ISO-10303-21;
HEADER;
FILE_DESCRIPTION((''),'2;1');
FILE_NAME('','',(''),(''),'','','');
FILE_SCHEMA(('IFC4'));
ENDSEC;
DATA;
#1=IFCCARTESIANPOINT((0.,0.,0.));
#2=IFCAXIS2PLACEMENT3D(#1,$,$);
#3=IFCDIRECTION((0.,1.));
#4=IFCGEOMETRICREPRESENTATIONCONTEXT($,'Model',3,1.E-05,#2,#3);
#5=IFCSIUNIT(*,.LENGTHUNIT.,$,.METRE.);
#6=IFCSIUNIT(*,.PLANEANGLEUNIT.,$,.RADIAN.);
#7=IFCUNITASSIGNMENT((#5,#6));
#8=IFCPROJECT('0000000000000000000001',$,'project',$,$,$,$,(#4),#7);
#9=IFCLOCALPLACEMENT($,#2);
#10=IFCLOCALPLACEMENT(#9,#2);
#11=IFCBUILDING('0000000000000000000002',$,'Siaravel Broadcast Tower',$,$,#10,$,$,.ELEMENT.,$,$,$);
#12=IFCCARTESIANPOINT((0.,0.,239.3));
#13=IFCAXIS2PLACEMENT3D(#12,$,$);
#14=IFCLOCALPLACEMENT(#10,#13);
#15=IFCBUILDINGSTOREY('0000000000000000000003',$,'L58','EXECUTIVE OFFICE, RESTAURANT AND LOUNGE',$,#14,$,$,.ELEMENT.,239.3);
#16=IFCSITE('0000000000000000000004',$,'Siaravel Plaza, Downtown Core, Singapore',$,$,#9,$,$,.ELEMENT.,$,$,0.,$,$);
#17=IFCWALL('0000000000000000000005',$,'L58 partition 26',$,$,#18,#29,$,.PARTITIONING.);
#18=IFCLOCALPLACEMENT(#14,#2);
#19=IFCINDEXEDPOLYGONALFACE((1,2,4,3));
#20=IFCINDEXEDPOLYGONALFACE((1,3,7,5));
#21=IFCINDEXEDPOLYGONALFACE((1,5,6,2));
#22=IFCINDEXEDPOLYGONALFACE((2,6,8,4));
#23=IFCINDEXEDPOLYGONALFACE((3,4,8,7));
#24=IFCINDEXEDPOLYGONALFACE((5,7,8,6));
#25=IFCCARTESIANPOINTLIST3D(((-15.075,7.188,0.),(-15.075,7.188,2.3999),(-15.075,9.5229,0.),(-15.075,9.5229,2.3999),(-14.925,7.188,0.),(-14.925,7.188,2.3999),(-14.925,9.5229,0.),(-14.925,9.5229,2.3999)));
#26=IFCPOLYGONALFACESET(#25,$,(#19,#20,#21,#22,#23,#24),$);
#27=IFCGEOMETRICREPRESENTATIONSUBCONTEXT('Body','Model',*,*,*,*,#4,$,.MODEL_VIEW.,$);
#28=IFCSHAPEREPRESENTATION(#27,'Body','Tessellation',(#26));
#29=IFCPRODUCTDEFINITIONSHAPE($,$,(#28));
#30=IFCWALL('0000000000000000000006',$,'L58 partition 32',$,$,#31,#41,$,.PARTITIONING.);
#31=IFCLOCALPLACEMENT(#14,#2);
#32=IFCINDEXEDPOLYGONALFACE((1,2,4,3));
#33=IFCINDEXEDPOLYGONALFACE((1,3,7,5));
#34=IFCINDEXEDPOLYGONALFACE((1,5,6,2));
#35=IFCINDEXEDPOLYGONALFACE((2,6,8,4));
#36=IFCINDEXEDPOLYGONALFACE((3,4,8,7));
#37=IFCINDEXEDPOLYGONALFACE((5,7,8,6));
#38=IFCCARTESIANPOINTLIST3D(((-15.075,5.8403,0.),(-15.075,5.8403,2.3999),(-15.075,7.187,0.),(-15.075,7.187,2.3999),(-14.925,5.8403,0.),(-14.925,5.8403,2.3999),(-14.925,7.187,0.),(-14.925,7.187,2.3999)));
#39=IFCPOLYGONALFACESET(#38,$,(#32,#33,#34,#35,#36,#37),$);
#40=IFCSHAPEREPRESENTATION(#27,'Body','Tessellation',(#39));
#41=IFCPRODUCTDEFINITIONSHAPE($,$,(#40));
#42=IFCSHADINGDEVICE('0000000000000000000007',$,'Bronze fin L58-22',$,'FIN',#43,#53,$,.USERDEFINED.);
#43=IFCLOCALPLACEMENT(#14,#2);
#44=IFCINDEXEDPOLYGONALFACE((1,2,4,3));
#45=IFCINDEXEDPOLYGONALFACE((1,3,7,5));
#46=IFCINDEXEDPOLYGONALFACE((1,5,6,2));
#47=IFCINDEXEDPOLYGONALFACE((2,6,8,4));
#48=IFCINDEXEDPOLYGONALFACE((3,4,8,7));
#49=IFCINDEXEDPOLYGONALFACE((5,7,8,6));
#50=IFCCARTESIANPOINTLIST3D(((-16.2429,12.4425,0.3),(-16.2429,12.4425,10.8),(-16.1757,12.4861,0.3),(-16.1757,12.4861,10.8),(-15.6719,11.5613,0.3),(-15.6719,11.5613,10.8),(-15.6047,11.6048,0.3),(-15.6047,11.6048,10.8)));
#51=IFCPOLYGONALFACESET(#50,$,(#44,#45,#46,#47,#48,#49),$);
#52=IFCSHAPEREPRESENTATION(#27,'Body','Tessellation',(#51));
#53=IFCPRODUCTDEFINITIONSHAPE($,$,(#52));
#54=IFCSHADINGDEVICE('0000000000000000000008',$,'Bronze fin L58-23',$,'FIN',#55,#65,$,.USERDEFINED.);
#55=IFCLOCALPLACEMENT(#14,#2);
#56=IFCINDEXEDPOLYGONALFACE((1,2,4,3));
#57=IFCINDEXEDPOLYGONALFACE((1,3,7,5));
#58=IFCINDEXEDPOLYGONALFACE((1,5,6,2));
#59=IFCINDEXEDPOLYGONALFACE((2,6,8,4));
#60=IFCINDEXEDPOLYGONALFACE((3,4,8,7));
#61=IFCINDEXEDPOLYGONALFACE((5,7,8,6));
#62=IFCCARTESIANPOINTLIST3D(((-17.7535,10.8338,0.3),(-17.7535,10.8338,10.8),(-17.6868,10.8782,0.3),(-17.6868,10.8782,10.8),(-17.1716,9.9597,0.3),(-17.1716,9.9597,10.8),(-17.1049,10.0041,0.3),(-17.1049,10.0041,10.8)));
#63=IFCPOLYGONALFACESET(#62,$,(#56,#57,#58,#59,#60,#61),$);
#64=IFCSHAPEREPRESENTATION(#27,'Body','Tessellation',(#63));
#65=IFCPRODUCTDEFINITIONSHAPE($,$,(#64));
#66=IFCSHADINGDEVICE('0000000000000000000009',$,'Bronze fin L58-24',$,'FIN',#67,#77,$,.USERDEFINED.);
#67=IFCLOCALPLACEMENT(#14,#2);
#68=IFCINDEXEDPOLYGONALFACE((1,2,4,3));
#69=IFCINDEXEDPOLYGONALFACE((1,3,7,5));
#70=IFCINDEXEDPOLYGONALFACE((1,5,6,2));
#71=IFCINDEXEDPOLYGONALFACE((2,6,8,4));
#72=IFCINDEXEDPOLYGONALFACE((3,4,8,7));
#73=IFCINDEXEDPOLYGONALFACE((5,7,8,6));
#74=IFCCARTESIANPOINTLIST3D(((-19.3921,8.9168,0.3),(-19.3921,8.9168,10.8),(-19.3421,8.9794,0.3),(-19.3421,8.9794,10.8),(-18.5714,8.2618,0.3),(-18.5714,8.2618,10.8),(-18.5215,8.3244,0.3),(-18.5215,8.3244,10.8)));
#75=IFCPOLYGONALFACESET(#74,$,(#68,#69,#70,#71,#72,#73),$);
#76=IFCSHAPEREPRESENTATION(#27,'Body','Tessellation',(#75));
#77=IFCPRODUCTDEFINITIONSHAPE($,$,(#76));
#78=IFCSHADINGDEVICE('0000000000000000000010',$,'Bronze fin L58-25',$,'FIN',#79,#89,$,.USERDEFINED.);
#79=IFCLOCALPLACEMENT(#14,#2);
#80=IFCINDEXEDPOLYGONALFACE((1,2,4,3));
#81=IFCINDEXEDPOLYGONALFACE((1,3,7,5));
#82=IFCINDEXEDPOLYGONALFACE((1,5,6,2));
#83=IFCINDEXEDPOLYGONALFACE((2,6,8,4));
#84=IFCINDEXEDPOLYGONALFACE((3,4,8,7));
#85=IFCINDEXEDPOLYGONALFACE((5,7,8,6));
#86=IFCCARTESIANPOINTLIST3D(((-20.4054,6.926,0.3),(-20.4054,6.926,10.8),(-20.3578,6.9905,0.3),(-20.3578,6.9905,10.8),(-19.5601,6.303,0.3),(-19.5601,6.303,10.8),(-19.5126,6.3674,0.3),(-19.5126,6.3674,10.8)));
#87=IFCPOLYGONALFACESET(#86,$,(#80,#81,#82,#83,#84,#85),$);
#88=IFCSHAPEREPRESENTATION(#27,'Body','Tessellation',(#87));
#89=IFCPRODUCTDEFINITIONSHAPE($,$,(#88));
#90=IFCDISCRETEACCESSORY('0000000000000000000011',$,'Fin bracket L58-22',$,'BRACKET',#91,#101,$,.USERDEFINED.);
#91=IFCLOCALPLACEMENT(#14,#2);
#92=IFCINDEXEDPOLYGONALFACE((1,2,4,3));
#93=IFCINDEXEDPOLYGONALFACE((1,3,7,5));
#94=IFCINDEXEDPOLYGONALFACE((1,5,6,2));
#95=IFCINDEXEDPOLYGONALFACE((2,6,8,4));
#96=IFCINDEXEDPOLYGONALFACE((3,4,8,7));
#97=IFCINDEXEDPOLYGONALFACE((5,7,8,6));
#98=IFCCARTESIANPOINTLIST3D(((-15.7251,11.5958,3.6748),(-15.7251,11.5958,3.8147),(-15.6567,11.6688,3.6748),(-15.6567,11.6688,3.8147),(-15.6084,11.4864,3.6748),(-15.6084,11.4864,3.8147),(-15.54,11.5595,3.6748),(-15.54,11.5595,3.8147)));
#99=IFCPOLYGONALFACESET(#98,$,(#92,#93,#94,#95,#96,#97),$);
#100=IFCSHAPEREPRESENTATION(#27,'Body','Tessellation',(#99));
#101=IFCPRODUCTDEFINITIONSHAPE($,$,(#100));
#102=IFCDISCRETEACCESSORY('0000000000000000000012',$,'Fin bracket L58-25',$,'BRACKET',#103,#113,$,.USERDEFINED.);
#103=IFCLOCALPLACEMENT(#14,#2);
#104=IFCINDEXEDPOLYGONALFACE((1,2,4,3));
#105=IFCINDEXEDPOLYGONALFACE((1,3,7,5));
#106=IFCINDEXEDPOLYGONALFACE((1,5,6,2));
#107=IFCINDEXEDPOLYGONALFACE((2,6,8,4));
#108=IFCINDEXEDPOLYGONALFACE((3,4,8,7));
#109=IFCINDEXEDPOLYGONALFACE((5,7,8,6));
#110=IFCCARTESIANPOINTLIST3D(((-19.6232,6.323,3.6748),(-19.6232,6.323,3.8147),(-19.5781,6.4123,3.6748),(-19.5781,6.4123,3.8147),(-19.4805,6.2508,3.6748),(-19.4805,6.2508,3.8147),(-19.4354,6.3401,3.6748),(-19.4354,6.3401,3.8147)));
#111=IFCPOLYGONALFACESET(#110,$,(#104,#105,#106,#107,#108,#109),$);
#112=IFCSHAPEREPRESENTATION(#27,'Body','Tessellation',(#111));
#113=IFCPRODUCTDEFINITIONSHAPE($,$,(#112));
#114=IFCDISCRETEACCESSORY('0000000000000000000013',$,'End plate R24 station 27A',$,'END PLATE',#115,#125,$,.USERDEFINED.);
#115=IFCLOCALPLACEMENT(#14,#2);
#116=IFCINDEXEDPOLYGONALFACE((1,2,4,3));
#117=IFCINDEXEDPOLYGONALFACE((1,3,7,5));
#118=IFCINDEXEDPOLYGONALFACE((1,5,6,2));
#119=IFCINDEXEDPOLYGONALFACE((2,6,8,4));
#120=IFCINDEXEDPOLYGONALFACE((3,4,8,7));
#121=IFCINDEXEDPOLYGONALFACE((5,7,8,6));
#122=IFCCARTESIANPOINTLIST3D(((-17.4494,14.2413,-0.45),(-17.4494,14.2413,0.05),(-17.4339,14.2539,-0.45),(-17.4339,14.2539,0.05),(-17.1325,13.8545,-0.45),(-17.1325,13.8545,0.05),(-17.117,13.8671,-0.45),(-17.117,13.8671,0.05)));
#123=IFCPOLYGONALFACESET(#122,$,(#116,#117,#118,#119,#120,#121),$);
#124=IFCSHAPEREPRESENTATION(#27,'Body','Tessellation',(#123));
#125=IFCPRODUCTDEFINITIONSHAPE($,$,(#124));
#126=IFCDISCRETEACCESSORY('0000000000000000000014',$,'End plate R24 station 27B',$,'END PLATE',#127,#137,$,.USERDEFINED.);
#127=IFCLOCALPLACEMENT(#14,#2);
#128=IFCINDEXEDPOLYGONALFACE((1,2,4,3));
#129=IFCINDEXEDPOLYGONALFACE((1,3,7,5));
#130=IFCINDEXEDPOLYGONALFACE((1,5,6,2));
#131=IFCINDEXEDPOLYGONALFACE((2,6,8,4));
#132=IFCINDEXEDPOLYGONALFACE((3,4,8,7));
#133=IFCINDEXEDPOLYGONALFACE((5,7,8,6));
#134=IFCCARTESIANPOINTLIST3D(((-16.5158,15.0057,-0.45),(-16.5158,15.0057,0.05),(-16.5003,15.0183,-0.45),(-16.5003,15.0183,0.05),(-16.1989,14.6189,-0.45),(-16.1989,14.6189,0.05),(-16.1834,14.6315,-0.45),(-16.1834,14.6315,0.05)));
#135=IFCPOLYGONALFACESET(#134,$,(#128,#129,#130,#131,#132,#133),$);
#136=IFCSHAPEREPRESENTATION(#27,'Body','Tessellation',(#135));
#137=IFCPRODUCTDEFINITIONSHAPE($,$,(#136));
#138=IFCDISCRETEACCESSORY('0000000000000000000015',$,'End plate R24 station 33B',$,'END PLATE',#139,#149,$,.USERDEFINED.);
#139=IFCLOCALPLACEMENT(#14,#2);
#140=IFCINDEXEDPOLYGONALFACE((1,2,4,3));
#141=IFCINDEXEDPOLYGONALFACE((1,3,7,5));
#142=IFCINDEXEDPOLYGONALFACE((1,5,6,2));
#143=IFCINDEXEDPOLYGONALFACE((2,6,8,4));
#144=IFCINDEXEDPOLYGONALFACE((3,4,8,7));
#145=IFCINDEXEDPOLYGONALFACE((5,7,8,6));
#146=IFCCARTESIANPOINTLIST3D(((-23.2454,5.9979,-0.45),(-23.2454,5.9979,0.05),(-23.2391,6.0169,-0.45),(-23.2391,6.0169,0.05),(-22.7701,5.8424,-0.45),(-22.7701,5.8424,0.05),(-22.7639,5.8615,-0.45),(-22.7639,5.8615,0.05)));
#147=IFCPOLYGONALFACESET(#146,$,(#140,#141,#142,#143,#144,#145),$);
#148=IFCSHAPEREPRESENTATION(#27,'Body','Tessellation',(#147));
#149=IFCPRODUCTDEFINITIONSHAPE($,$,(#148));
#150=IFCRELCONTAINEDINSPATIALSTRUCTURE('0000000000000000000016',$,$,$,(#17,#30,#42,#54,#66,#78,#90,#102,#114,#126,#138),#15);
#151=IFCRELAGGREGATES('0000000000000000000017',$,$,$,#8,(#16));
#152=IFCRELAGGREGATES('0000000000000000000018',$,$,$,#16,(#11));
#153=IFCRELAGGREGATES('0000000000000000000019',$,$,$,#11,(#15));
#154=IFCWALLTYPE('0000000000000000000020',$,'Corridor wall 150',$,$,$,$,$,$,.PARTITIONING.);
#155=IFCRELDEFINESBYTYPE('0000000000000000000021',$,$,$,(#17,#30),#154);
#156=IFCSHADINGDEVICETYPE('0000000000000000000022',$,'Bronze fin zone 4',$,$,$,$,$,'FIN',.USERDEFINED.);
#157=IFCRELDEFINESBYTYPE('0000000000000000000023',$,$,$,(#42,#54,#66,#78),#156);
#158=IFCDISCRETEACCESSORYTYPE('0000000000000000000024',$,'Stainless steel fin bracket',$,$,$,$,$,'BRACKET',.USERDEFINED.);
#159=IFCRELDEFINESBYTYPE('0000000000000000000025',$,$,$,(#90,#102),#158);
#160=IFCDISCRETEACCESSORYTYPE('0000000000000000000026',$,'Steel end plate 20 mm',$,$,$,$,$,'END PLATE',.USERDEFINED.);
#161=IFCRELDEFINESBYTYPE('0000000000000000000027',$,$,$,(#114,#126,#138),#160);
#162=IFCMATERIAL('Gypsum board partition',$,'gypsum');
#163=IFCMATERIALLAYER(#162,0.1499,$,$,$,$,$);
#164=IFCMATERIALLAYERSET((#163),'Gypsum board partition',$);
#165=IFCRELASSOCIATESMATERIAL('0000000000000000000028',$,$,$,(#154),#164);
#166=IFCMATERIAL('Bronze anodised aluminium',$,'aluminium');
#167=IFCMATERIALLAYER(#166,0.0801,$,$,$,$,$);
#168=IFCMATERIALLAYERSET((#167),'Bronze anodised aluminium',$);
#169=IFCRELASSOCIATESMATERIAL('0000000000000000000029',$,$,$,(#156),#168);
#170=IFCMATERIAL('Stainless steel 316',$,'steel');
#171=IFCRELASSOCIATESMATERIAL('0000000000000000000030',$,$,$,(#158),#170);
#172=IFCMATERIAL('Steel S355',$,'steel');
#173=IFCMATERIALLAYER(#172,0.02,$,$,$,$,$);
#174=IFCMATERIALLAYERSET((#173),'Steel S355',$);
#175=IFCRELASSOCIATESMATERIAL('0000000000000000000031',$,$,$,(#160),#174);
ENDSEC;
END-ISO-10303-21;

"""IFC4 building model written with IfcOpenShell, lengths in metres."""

from ifc_helpers import new_model, si_unit, direction, frame, frame_2d, origin, origin_2d, place, context, subcontext, project, spatial, rectangle, extrude, material, layer, layer_set, type_object, element, save


model = new_model("IFC4")

# Units and contexts
model_context = context("Model", 3, precision=1e-05, world=origin(), true_north=direction((0.0, 1.0)))
body_context = subcontext(model_context, "Body", "Model", "MODEL_VIEW")
ifc_project = project(units=[si_unit("LENGTHUNIT", "METRE"), si_unit("PLANEANGLEUNIT", "RADIAN")], contexts=[model_context])

# Site, building, storey
site_placement = place(None, origin())
site = spatial("IfcSite", under=ifc_project, at=site_placement, Name="Siaravel Plaza, Downtown Core, Singapore", CompositionType="ELEMENT", RefElevation=0.0)
building_placement = place(site_placement, origin())
building = spatial("IfcBuilding", under=site, at=building_placement, Name="Siaravel Broadcast Tower", CompositionType="ELEMENT")
storey_placement = place(building_placement, frame((0.0, 0.0, 239.3)))
storey = spatial("IfcBuildingStorey", under=building, at=storey_placement, Name="L58", Description="EXECUTIVE OFFICE, RESTAURANT AND LOUNGE", CompositionType="ELEMENT", Elevation=239.3)

# Shared definitions
ifc_material_1 = material(Name="Steel S355", Category="steel")

# Walls
ifc_material_2 = material(Name="Gypsum board partition", Category="gypsum")
ifc_layer_1 = layer(ifc_material_2, 0.1499)
ifc_layer_set_1 = layer_set([ifc_layer_1], Name="Gypsum board partition")
wall_type = type_object("IfcWallType", Name="Corridor wall 150", PredefinedType="PARTITIONING", material=ifc_layer_set_1)
wall_1_placement = place(storey_placement, frame((-15.0, 9.5229, 0.0), z_axis=(0.0, 0.0, 1.0), x_axis=(0.0, -1.0, 0.0)))
element("IfcWall", 1, at=wall_1_placement, inside=storey, type_object=wall_type, Name="L58 partition 26", PredefinedType="PARTITIONING", context=body_context, shape_type="SweptSolid", body=[
    extrude(rectangle(XDim=2.335, YDim=0.1499, at=frame_2d((1.1675, 0.0))), origin(), (0.0, 0.0, 1.0), 2.3999),
])
wall_2_placement = place(storey_placement, frame((-15.0, 7.187, 0.0), z_axis=(0.0, 0.0, 1.0), x_axis=(0.0, -1.0, 0.0)))
element("IfcWall", 2, at=wall_2_placement, inside=storey, type_object=wall_type, Name="L58 partition 32", PredefinedType="PARTITIONING", context=body_context, shape_type="SweptSolid", body=[
    extrude(rectangle(XDim=1.3467, YDim=0.1499, at=frame_2d((0.6733, 0.0))), origin(), (0.0, 0.0, 1.0), 2.3999),
])

# Shading devices
ifc_material_3 = material(Name="Bronze anodised aluminium", Category="aluminium")
ifc_layer_2 = layer(ifc_material_3, 0.0801)
ifc_layer_set_2 = layer_set([ifc_layer_2], Name="Bronze anodised aluminium")
shading_device_type = type_object("IfcShadingDeviceType", Name="Bronze fin zone 4", ElementType="FIN", PredefinedType="USERDEFINED", material=ifc_layer_set_2)
for number, where, z_axis, x_axis, name in (
    (3, (-15.9238, 12.0237, 0.3), (0.0, 0.0, 1.0), (-0.54379, 0.839221, 0.0), "Bronze fin L58-22"),
    (4, (-17.4292, 10.4189, 0.3), (0.0, 0.0, 1.0), (-0.554179, 0.832397, 0.0), "Bronze fin L58-23"),
    (5, (-18.9568, 8.6206, 0.3), (0.0, 0.0, 1.0), (-0.781546, 0.623848, 0.0), "Bronze fin L58-24"),
    (6, (-19.959, 6.6467, 0.3), (0.0, 0.0, 1.0), (-0.804942, 0.593353, 0.0), "Bronze fin L58-25"),
):
    element("IfcShadingDevice", number, at=place(storey_placement, frame(where, z_axis=z_axis, x_axis=x_axis)), inside=storey, type_object=shading_device_type, Name=name, ObjectType="FIN", PredefinedType="USERDEFINED", context=body_context, shape_type="SweptSolid", body=[
        extrude(rectangle(XDim=1.05, YDim=0.0801, at=origin_2d()), origin(), (0.0, 0.0, 1.0), 10.5),
    ])

# Discrete accessories
ifc_material_4 = material(Name="Stainless steel 316", Category="steel")
discrete_accessory_type_1 = type_object("IfcDiscreteAccessoryType", Name="Stainless steel fin bracket", ElementType="BRACKET", PredefinedType="USERDEFINED", material=ifc_material_4)
for number, where, z_axis, x_axis, name in (
    (7, (-15.6326, 11.5776, 3.6748), (0.0, 0.0, 1.0), (-0.729807, 0.683653, 0.0), "Fin bracket L58-22"),
    (8, (-19.5293, 6.3315, 3.6748), (0.0, 0.0, 1.0), (-0.892393, 0.451259, 0.0), "Fin bracket L58-25"),
):
    element("IfcDiscreteAccessory", number, at=place(storey_placement, frame(where, z_axis=z_axis, x_axis=x_axis)), inside=storey, type_object=discrete_accessory_type_1, Name=name, ObjectType="BRACKET", PredefinedType="USERDEFINED", context=body_context, shape_type="SweptSolid", body=[
        extrude(rectangle(XDim=0.1599, YDim=0.1001, at=origin_2d()), origin(), (0.0, 0.0, 1.0), 0.1399),
    ])
ifc_layer_3 = layer(ifc_material_1, 0.02)
ifc_layer_set_3 = layer_set([ifc_layer_3], Name="Steel S355")
discrete_accessory_type_2 = type_object("IfcDiscreteAccessoryType", Name="Steel end plate 20 mm", ElementType="END PLATE", PredefinedType="USERDEFINED", material=ifc_layer_set_3)
for number, where, z_axis, x_axis, name in (
    (9, (-17.2832, 14.0542, -0.45), (0.0, 0.0, 1.0), (-0.773605, -0.633669, 0.0), "End plate R24 station 27A"),
    (10, (-16.3496, 14.8186, -0.45), (0.0, 0.0, 1.0), (-0.773605, -0.633669, 0.0), "End plate R24 station 27B"),
    (11, (-23.0046, 5.9297, -0.45), (0.0, 0.0, 1.0), (-0.310909, -0.95044, 0.0), "End plate R24 station 33B"),
):
    element("IfcDiscreteAccessory", number, at=place(storey_placement, frame(where, z_axis=z_axis, x_axis=x_axis)), inside=storey, type_object=discrete_accessory_type_2, Name=name, ObjectType="END PLATE", PredefinedType="USERDEFINED", context=body_context, shape_type="SweptSolid", body=[
        extrude(rectangle(XDim=0.02, YDim=0.5, at=origin_2d()), origin(), (0.0, 0.0, 1.0), 0.5),
    ])

save(model, "model.ifc")
